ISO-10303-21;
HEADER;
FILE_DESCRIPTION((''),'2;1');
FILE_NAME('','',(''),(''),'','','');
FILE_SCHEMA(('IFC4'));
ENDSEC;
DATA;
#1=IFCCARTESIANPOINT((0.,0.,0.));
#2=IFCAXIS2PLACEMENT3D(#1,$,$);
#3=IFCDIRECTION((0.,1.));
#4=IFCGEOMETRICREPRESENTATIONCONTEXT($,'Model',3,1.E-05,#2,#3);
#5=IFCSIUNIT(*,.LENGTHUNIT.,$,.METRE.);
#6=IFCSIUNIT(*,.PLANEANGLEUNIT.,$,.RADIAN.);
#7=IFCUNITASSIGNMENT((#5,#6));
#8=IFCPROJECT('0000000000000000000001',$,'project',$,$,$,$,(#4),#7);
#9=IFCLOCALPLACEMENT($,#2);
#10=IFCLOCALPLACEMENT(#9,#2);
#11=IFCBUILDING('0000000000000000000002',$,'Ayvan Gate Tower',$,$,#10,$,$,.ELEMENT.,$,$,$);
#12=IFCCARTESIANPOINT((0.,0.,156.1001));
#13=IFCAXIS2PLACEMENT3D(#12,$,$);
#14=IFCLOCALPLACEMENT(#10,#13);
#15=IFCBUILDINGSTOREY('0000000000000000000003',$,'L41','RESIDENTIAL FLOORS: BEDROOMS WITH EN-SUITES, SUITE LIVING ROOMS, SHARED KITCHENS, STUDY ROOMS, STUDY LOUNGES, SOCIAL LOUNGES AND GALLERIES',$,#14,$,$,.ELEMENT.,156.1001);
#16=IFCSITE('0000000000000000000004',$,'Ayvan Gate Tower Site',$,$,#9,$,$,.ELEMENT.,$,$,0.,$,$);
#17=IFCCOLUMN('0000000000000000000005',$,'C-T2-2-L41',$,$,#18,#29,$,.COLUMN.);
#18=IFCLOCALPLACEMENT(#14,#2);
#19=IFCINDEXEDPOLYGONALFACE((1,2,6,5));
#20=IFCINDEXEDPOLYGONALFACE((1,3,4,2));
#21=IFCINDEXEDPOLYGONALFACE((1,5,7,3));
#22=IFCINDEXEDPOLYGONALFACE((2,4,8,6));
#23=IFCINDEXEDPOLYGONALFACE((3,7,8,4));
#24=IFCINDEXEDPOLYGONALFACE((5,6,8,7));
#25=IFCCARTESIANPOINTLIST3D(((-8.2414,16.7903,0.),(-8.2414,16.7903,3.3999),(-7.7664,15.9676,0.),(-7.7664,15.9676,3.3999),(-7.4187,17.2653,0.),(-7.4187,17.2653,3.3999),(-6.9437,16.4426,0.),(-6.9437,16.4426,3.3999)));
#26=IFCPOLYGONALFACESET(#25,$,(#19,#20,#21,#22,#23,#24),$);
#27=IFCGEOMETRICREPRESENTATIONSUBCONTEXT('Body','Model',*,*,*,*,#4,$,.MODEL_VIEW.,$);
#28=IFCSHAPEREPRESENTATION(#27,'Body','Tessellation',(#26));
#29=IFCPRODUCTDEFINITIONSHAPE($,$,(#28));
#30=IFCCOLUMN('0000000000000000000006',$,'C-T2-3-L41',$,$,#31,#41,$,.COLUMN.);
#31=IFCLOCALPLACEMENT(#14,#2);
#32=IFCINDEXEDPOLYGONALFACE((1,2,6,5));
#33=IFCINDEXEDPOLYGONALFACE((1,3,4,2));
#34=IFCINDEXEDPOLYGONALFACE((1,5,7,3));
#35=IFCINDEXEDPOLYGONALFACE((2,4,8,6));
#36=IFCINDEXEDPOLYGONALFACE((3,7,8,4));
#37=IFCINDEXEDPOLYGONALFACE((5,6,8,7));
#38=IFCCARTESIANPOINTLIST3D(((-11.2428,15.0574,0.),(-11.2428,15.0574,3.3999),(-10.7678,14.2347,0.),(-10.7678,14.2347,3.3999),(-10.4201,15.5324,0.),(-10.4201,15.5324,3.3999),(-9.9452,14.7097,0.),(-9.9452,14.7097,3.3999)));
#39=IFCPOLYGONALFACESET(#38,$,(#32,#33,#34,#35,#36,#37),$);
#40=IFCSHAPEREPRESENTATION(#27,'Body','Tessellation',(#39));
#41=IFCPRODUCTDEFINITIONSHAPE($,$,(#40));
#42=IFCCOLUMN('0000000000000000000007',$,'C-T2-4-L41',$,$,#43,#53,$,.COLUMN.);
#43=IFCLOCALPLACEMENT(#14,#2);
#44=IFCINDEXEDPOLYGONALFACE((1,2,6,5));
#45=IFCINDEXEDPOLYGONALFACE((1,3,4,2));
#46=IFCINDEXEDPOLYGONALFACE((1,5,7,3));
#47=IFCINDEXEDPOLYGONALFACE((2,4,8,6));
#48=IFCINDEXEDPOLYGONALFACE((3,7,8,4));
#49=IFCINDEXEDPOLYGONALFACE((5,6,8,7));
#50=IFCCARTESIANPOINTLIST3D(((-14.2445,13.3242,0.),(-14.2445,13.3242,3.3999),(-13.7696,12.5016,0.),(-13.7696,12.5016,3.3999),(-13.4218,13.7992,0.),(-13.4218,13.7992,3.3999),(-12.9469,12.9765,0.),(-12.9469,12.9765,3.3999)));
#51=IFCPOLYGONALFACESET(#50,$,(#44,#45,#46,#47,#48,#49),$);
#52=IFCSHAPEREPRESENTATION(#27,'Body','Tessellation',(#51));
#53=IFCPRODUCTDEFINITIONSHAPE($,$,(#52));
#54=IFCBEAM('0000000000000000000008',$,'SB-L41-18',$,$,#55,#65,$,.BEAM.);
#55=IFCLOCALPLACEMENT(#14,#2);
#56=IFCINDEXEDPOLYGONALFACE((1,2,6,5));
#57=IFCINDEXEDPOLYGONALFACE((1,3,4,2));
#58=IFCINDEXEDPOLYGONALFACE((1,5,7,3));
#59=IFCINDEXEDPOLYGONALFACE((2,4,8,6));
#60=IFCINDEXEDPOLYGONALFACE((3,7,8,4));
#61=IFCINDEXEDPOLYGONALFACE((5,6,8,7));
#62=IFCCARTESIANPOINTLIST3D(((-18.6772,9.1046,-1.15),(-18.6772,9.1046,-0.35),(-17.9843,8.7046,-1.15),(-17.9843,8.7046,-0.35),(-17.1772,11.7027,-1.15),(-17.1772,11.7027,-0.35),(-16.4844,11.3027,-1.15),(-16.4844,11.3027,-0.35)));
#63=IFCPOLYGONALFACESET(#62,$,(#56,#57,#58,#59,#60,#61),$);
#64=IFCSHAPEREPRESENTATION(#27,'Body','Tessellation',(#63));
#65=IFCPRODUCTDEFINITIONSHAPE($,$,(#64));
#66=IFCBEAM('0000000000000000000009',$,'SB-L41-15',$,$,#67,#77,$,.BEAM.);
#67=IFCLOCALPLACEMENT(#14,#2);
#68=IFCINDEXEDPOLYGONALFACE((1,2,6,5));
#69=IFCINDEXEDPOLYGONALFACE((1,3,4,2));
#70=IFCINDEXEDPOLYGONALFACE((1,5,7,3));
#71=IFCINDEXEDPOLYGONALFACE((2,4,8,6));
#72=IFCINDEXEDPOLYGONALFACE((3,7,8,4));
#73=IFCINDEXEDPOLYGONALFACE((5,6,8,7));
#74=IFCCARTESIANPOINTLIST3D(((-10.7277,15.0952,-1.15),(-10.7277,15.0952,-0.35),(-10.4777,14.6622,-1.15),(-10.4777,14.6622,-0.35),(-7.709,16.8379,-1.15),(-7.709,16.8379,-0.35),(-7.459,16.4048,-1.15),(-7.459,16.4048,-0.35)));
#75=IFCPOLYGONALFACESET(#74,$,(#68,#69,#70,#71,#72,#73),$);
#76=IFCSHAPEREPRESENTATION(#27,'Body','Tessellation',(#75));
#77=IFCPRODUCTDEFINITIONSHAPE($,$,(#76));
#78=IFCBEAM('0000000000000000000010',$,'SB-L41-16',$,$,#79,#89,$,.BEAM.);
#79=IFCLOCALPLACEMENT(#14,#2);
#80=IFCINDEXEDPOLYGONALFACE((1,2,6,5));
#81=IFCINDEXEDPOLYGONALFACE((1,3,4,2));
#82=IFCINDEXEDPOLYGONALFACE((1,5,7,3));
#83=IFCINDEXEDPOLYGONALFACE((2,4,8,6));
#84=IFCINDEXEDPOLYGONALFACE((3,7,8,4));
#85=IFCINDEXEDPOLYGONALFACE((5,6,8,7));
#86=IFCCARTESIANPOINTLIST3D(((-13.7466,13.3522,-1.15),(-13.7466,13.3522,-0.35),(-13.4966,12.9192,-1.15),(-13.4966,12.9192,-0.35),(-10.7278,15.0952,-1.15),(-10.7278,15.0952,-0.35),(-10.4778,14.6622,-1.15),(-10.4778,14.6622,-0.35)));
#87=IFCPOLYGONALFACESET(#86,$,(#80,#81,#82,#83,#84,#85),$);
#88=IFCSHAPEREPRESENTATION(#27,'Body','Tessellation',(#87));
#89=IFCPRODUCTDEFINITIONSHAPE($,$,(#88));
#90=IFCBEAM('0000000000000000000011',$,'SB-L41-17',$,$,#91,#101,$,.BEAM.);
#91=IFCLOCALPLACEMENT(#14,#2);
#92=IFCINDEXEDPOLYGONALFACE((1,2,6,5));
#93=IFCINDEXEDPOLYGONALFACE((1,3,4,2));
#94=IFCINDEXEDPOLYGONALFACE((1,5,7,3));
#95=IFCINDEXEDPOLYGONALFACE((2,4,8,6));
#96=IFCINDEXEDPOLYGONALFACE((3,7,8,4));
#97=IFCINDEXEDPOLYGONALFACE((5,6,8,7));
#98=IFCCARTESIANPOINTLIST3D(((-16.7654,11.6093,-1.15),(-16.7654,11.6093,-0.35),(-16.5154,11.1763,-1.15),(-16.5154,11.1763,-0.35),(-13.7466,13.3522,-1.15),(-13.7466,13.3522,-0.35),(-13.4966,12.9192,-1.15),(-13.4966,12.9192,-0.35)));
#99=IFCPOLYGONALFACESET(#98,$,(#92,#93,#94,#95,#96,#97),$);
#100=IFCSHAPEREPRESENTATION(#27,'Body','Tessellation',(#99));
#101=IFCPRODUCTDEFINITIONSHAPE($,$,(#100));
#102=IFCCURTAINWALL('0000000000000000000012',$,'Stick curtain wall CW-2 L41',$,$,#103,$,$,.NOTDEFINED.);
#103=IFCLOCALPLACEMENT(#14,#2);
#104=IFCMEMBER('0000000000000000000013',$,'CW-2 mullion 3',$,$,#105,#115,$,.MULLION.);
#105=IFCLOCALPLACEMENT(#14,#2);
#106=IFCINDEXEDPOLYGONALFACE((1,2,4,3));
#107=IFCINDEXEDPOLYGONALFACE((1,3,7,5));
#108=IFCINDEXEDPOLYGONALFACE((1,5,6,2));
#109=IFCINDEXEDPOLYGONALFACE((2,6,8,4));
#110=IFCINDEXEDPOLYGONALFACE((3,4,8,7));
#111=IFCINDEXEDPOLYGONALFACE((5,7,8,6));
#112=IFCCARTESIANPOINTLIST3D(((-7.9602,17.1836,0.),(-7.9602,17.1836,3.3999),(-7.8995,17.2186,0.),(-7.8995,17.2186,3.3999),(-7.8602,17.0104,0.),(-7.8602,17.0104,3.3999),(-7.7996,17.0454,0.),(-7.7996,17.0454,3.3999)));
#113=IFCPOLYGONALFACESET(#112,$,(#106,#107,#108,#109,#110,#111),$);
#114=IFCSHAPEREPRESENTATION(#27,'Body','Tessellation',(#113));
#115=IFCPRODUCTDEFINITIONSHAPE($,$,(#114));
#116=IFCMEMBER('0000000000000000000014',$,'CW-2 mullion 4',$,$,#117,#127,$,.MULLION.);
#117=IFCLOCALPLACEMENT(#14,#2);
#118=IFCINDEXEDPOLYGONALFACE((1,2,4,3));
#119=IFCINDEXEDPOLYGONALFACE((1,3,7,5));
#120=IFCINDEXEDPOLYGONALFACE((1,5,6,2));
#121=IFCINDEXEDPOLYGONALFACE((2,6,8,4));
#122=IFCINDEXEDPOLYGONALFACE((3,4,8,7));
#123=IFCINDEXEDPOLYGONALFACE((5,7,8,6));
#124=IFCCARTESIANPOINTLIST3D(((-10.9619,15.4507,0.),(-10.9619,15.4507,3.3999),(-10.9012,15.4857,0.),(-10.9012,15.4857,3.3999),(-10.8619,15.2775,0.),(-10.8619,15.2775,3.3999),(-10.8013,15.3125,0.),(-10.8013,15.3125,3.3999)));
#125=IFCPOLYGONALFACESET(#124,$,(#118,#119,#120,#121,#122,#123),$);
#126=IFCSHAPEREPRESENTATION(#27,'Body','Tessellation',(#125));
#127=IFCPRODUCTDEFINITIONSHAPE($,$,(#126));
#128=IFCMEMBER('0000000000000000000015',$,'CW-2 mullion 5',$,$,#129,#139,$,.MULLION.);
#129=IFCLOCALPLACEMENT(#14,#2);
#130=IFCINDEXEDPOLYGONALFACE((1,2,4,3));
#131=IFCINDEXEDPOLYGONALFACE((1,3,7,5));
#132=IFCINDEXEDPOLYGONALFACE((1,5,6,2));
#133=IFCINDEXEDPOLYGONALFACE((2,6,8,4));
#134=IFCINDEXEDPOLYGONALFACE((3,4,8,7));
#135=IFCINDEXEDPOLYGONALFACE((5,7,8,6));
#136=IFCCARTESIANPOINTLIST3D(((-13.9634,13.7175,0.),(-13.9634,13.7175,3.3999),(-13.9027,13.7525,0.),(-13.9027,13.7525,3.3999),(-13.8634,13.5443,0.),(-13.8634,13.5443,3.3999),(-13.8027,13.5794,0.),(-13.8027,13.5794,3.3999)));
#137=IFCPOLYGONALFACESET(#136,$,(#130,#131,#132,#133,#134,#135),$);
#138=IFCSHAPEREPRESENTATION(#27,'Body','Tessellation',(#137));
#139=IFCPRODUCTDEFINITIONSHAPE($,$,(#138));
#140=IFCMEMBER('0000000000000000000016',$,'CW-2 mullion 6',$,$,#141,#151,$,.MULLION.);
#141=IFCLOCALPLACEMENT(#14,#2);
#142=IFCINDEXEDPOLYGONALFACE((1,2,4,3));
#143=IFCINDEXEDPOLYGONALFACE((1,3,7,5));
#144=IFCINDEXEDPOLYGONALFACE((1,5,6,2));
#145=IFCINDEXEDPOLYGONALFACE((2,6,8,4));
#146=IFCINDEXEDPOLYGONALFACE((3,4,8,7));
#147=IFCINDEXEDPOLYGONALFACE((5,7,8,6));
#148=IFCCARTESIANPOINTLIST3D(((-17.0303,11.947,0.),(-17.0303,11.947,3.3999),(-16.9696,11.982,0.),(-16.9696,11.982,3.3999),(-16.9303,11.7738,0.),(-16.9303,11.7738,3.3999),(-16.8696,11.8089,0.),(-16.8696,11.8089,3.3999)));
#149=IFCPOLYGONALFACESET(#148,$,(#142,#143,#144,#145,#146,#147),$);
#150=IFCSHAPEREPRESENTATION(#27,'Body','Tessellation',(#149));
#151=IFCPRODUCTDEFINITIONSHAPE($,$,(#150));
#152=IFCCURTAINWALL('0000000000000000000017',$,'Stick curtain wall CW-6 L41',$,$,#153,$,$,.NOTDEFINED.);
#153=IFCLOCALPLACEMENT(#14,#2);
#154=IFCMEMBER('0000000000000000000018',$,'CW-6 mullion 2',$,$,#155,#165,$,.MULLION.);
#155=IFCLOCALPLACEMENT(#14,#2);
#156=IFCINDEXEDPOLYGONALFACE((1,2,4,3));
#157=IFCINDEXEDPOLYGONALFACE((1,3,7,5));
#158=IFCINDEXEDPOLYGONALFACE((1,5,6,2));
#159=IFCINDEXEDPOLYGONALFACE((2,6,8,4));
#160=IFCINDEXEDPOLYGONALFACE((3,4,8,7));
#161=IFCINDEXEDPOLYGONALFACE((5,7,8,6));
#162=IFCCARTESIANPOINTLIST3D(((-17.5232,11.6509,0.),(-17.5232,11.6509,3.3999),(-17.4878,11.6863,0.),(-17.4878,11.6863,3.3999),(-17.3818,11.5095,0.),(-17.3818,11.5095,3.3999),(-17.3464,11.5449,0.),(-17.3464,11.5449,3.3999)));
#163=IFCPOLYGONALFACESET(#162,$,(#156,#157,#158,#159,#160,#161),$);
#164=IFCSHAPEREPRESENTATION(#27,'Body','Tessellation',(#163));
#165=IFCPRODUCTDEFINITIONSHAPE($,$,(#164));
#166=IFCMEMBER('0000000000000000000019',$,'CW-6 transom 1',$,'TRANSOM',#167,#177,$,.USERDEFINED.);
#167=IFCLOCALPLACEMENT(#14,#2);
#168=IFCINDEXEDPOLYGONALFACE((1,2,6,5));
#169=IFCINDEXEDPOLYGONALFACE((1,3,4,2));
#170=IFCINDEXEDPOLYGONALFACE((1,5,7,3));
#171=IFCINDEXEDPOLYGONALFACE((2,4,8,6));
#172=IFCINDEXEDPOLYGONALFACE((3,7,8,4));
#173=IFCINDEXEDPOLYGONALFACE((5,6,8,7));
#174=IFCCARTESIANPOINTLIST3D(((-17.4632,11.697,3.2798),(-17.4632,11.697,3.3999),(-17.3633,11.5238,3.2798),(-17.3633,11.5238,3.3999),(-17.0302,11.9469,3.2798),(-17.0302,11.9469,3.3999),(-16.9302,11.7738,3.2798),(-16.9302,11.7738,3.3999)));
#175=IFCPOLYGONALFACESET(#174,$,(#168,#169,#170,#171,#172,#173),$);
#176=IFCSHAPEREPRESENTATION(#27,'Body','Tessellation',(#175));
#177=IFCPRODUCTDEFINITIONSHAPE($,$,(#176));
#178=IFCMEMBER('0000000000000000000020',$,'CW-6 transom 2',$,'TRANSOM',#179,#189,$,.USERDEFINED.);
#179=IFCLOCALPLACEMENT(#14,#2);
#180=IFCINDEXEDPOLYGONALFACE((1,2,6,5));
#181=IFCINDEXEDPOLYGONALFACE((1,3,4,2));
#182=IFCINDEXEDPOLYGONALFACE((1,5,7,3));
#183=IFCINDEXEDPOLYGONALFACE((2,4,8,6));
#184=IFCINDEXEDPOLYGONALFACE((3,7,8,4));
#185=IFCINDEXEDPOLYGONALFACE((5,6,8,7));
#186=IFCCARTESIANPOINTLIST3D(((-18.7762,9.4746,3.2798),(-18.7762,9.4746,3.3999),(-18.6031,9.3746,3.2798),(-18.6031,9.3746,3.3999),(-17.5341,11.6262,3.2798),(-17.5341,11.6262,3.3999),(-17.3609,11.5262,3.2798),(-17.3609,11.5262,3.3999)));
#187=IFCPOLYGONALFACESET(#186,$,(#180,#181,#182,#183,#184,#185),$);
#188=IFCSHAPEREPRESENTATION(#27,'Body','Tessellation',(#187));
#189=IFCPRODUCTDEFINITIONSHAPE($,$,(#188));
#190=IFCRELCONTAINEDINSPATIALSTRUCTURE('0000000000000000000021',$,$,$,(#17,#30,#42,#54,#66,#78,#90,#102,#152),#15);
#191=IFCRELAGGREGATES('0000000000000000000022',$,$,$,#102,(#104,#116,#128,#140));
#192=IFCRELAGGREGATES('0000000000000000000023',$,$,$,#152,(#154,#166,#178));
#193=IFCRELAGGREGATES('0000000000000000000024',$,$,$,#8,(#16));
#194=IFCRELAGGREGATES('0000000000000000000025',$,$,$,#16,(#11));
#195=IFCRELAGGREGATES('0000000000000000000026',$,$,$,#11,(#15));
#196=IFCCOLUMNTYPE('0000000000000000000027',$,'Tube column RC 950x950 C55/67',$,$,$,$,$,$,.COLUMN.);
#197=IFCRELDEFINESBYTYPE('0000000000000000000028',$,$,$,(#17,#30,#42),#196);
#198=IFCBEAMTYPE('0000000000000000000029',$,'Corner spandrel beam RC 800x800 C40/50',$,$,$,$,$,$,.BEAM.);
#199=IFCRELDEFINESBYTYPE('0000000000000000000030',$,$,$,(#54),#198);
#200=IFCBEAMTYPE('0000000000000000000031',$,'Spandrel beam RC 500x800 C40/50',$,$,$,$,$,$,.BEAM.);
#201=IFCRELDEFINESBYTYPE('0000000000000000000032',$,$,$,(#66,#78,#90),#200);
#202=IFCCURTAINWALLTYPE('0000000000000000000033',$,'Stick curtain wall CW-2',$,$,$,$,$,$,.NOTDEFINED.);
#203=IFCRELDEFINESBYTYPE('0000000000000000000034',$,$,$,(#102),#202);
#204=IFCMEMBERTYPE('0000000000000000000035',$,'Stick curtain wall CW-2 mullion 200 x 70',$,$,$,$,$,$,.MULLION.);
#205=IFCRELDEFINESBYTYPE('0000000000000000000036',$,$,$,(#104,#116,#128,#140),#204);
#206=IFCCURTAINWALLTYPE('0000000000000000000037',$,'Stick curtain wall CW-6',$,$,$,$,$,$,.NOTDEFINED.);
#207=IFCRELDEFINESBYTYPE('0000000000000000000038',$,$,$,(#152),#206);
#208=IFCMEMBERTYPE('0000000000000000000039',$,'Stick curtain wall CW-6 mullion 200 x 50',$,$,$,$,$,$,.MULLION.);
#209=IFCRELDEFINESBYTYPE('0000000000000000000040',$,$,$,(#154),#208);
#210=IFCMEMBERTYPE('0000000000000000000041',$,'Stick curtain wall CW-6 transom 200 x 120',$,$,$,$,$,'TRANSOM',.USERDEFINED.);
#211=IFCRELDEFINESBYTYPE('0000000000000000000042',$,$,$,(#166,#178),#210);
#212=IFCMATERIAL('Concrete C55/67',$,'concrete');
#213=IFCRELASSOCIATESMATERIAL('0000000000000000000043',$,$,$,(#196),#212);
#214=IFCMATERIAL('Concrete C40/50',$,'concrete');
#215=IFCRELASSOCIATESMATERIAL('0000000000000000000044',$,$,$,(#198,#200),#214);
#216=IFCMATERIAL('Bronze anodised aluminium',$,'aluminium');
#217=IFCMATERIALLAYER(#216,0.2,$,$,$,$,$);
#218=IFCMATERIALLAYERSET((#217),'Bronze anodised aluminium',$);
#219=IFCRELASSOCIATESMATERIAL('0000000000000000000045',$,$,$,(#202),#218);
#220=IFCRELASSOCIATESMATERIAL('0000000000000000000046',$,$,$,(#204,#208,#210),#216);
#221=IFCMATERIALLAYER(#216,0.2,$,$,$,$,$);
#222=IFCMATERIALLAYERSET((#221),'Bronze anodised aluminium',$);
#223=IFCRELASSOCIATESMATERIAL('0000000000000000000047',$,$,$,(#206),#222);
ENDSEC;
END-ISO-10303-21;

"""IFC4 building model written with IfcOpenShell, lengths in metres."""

from ifc_helpers import new_model, si_unit, direction, frame, origin, origin_2d, place, context, subcontext, project, spatial, rectangle, extrude, material, layer, layer_set, material_profile, profile_set, type_object, element, aggregate, save


model = new_model("IFC4")

# Units and contexts
model_context = context("Model", 3, precision=1e-05, world=origin(), true_north=direction((0.0, 1.0)))
body_context = subcontext(model_context, "Body", "Model", "MODEL_VIEW")
ifc_project = project(units=[si_unit("LENGTHUNIT", "METRE"), si_unit("PLANEANGLEUNIT", "RADIAN")], contexts=[model_context])

# Site, building, storey
site_placement = place(None, origin())
site = spatial("IfcSite", under=ifc_project, at=site_placement, Name="Ayvan Gate Tower Site", CompositionType="ELEMENT", RefElevation=0.0)
building_placement = place(site_placement, origin())
building = spatial("IfcBuilding", under=site, at=building_placement, Name="Ayvan Gate Tower", CompositionType="ELEMENT")
storey_placement = place(building_placement, frame((0.0, 0.0, 156.1001)))
storey = spatial("IfcBuildingStorey", under=building, at=storey_placement, Name="L41", Description="RESIDENTIAL FLOORS: BEDROOMS WITH EN-SUITES, SUITE LIVING ROOMS, SHARED KITCHENS, STUDY ROOMS, STUDY LOUNGES, SOCIAL LOUNGES AND GALLERIES", CompositionType="ELEMENT", Elevation=156.1001)

# Columns
ifc_material_1 = material(Name="Concrete C55/67", Category="concrete")
ifc_material_profile_1 = material_profile(ifc_material_1, rectangle(XDim=0.95, YDim=0.95, at=origin_2d()), Name="RC 950x950")
ifc_profile_set_1 = profile_set([ifc_material_profile_1], Name="Concrete C55/67")
column_type = type_object("IfcColumnType", Name="Tube column RC 950x950 C55/67", PredefinedType="COLUMN", material=ifc_profile_set_1)
for number, where, z_axis, x_axis, name in (
    (1, (-7.5925, 16.6165, 0.0), (0.0, 0.0, 1.0), (-0.5, 0.866025, 0.0), "C-T2-2-L41"),
    (2, (-10.594, 14.8835, 0.0), (0.0, 0.0, 1.0), (-0.5, 0.866025, 0.0), "C-T2-3-L41"),
    (3, (-13.5957, 13.1504, 0.0), (0.0, 0.0, 1.0), (-0.5, 0.866025, 0.0), "C-T2-4-L41"),
):
    element("IfcColumn", number, at=place(storey_placement, frame(where, z_axis=z_axis, x_axis=x_axis)), inside=storey, type_object=column_type, Name=name, PredefinedType="COLUMN", context=body_context, shape_type="SweptSolid", body=[
        extrude(rectangle(XDim=0.95, YDim=0.95, at=origin_2d()), origin(), (0.0, 0.0, 1.0), 3.3999),
    ])

# Beams
ifc_material_2 = material(Name="Concrete C40/50", Category="concrete")
ifc_material_profile_2 = material_profile(ifc_material_2, rectangle(XDim=0.8, YDim=0.8, at=origin_2d()), Name="RC 800x800")
ifc_profile_set_2 = profile_set([ifc_material_profile_2], Name="Concrete C40/50")
beam_type_1 = type_object("IfcBeamType", Name="Corner spandrel beam RC 800x800 C40/50", PredefinedType="BEAM", material=ifc_profile_set_2)
beam_1_placement = place(storey_placement, frame((-16.8308, 11.5027, -0.75), z_axis=(-0.49999, -0.866031, 0.0), x_axis=(0.866031, -0.49999, 0.0)))
element("IfcBeam", 4, at=beam_1_placement, inside=storey, type_object=beam_type_1, Name="SB-L41-18", PredefinedType="BEAM", context=body_context, shape_type="SweptSolid", body=[
    extrude(rectangle(XDim=0.8, YDim=0.8, at=origin_2d()), origin(), (0.0, 0.0, 1.0), 3.0),
])
ifc_material_profile_3 = material_profile(ifc_material_2, rectangle(XDim=0.5, YDim=0.8, at=origin_2d()), Name="RC 500x800")
ifc_profile_set_3 = profile_set([ifc_material_profile_3], Name="Concrete C40/50")
beam_type_2 = type_object("IfcBeamType", Name="Spandrel beam RC 500x800 C40/50", PredefinedType="BEAM", material=ifc_profile_set_3)
beam_2_placement = place(storey_placement, frame((-7.584, 16.6213, -0.75), z_axis=(-0.866054, -0.499951, 0.0), x_axis=(0.499951, -0.866054, 0.0)))
element("IfcBeam", 5, at=beam_2_placement, inside=storey, type_object=beam_type_2, Name="SB-L41-15", PredefinedType="BEAM", context=body_context, shape_type="SweptSolid", body=[
    extrude(rectangle(XDim=0.5, YDim=0.8, at=origin_2d()), origin(), (0.0, 0.0, 1.0), 3.4856),
])
for number, where, z_axis, x_axis, name in (
    (6, (-10.6028, 14.8787, -0.75), (-0.866023, -0.500003, 0.0), (0.500003, -0.866023, 0.0), "SB-L41-16"),
    (7, (-13.6216, 13.1357, -0.75), (-0.866023, -0.500003, 0.0), (0.500003, -0.866023, 0.0), "SB-L41-17"),
):
    element("IfcBeam", number, at=place(storey_placement, frame(where, z_axis=z_axis, x_axis=x_axis)), inside=storey, type_object=beam_type_2, Name=name, PredefinedType="BEAM", context=body_context, shape_type="SweptSolid", body=[
        extrude(rectangle(XDim=0.5, YDim=0.8, at=origin_2d()), origin(), (0.0, 0.0, 1.0), 3.4858),
    ])

# Curtain walls, members
ifc_material_3 = material(Name="Bronze anodised aluminium", Category="aluminium")
ifc_layer_1 = layer(ifc_material_3, 0.2)
ifc_layer_set_1 = layer_set([ifc_layer_1], Name="Bronze anodised aluminium")
curtain_wall_type_1 = type_object("IfcCurtainWallType", Name="Stick curtain wall CW-2", PredefinedType="NOTDEFINED", material=ifc_layer_set_1)
curtain_wall_1_placement = place(storey_placement, origin())
curtain_wall_1 = element("IfcCurtainWall", 8, at=curtain_wall_1_placement, inside=storey, type_object=curtain_wall_type_1, Name="Stick curtain wall CW-2 L41", PredefinedType="NOTDEFINED")
ifc_material_profile_4 = material_profile(ifc_material_3, rectangle(XDim=0.2, YDim=0.0701, at=origin_2d()), Name="Stick curtain wall CW-2 mullion 200 x 70")
ifc_profile_set_4 = profile_set([ifc_material_profile_4], Name="Bronze anodised aluminium")
member_type_1 = type_object("IfcMemberType", Name="Stick curtain wall CW-2 mullion 200 x 70", PredefinedType="MULLION", material=ifc_profile_set_4)
member_1_placement = place(storey_placement, frame((-7.8799, 17.1145, 0.0), z_axis=(0.0, 0.0, 1.0), x_axis=(-0.5, 0.866025, 0.0)))
member_1 = element("IfcMember", 9, at=member_1_placement, type_object=member_type_1, Name="CW-2 mullion 3", PredefinedType="MULLION", context=body_context, shape_type="SweptSolid", body=[
    extrude(rectangle(XDim=0.2, YDim=0.0701, at=origin_2d()), origin(), (0.0, 0.0, 1.0), 3.3999),
])
member_2_placement = place(storey_placement, frame((-10.8816, 15.3816, 0.0), z_axis=(0.0, 0.0, 1.0), x_axis=(-0.5, 0.866025, 0.0)))
member_2 = element("IfcMember", 10, at=member_2_placement, type_object=member_type_1, Name="CW-2 mullion 4", PredefinedType="MULLION", context=body_context, shape_type="SweptSolid", body=[
    extrude(rectangle(XDim=0.2, YDim=0.0701, at=origin_2d()), origin(), (0.0, 0.0, 1.0), 3.3999),
])
member_3_placement = place(storey_placement, frame((-13.8831, 13.6484, 0.0), z_axis=(0.0, 0.0, 1.0), x_axis=(-0.5, 0.866025, 0.0)))
member_3 = element("IfcMember", 11, at=member_3_placement, type_object=member_type_1, Name="CW-2 mullion 5", PredefinedType="MULLION", context=body_context, shape_type="SweptSolid", body=[
    extrude(rectangle(XDim=0.2, YDim=0.0701, at=origin_2d()), origin(), (0.0, 0.0, 1.0), 3.3999),
])
member_4_placement = place(storey_placement, frame((-16.95, 11.8779, 0.0), z_axis=(0.0, 0.0, 1.0), x_axis=(-0.5, 0.866025, 0.0)))
member_4 = element("IfcMember", 12, at=member_4_placement, type_object=member_type_1, Name="CW-2 mullion 6", PredefinedType="MULLION", context=body_context, shape_type="SweptSolid", body=[
    extrude(rectangle(XDim=0.2, YDim=0.0701, at=origin_2d()), origin(), (0.0, 0.0, 1.0), 3.3999),
])
ifc_layer_2 = layer(ifc_material_3, 0.2)
ifc_layer_set_2 = layer_set([ifc_layer_2], Name="Bronze anodised aluminium")
curtain_wall_type_2 = type_object("IfcCurtainWallType", Name="Stick curtain wall CW-6", PredefinedType="NOTDEFINED", material=ifc_layer_set_2)
curtain_wall_2_placement = place(storey_placement, origin())
curtain_wall_2 = element("IfcCurtainWall", 13, at=curtain_wall_2_placement, inside=storey, type_object=curtain_wall_type_2, Name="Stick curtain wall CW-6 L41", PredefinedType="NOTDEFINED")
ifc_material_profile_5 = material_profile(ifc_material_3, rectangle(XDim=0.2, YDim=0.05, at=origin_2d()), Name="Stick curtain wall CW-6 mullion 200 x 50")
ifc_profile_set_5 = profile_set([ifc_material_profile_5], Name="Bronze anodised aluminium")
member_type_2 = type_object("IfcMemberType", Name="Stick curtain wall CW-6 mullion 200 x 50", PredefinedType="MULLION", material=ifc_profile_set_5)
member_5_placement = place(storey_placement, frame((-17.4348, 11.5979, 0.0), z_axis=(0.0, 0.0, 1.0), x_axis=(-0.707107, 0.707107, 0.0)))
member_5 = element("IfcMember", 14, at=member_5_placement, type_object=member_type_2, Name="CW-6 mullion 2", PredefinedType="MULLION", context=body_context, shape_type="SweptSolid", body=[
    extrude(rectangle(XDim=0.2, YDim=0.05, at=origin_2d()), origin(), (0.0, 0.0, 1.0), 3.3999),
])
ifc_material_profile_6 = material_profile(ifc_material_3, rectangle(XDim=0.2, YDim=0.1201, at=origin_2d()), Name="Stick curtain wall CW-6 transom 200 x 120")
ifc_profile_set_6 = profile_set([ifc_material_profile_6], Name="Bronze anodised aluminium")
member_type_3 = type_object("IfcMemberType", Name="Stick curtain wall CW-6 transom 200 x 120", ElementType="TRANSOM", PredefinedType="USERDEFINED", material=ifc_profile_set_6)
member_6_placement = place(storey_placement, frame((-16.9802, 11.8604, 3.3398), z_axis=(-0.866072, -0.49992, 0.0), x_axis=(0.49992, -0.866072, 0.0)))
member_6 = element("IfcMember", 15, at=member_6_placement, type_object=member_type_3, Name="CW-6 transom 1", ObjectType="TRANSOM", PredefinedType="USERDEFINED", context=body_context, shape_type="SweptSolid", body=[
    extrude(rectangle(XDim=0.2, YDim=0.1201, at=origin_2d()), origin(), (0.0, 0.0, 1.0), 0.5),
])
member_7_placement = place(storey_placement, frame((-17.4475, 11.5762, 3.3398), z_axis=(-0.499986, -0.866033, 0.0), x_axis=(0.866033, -0.499986, 0.0)))
member_7 = element("IfcMember", 16, at=member_7_placement, type_object=member_type_3, Name="CW-6 transom 2", ObjectType="TRANSOM", PredefinedType="USERDEFINED", context=body_context, shape_type="SweptSolid", body=[
    extrude(rectangle(XDim=0.2, YDim=0.1201, at=origin_2d()), origin(), (0.0, 0.0, 1.0), 2.4844),
])

aggregate(curtain_wall_1, [member_1, member_2, member_3, member_4])
aggregate(curtain_wall_2, [member_5, member_6, member_7])

save(model, "model.ifc")
